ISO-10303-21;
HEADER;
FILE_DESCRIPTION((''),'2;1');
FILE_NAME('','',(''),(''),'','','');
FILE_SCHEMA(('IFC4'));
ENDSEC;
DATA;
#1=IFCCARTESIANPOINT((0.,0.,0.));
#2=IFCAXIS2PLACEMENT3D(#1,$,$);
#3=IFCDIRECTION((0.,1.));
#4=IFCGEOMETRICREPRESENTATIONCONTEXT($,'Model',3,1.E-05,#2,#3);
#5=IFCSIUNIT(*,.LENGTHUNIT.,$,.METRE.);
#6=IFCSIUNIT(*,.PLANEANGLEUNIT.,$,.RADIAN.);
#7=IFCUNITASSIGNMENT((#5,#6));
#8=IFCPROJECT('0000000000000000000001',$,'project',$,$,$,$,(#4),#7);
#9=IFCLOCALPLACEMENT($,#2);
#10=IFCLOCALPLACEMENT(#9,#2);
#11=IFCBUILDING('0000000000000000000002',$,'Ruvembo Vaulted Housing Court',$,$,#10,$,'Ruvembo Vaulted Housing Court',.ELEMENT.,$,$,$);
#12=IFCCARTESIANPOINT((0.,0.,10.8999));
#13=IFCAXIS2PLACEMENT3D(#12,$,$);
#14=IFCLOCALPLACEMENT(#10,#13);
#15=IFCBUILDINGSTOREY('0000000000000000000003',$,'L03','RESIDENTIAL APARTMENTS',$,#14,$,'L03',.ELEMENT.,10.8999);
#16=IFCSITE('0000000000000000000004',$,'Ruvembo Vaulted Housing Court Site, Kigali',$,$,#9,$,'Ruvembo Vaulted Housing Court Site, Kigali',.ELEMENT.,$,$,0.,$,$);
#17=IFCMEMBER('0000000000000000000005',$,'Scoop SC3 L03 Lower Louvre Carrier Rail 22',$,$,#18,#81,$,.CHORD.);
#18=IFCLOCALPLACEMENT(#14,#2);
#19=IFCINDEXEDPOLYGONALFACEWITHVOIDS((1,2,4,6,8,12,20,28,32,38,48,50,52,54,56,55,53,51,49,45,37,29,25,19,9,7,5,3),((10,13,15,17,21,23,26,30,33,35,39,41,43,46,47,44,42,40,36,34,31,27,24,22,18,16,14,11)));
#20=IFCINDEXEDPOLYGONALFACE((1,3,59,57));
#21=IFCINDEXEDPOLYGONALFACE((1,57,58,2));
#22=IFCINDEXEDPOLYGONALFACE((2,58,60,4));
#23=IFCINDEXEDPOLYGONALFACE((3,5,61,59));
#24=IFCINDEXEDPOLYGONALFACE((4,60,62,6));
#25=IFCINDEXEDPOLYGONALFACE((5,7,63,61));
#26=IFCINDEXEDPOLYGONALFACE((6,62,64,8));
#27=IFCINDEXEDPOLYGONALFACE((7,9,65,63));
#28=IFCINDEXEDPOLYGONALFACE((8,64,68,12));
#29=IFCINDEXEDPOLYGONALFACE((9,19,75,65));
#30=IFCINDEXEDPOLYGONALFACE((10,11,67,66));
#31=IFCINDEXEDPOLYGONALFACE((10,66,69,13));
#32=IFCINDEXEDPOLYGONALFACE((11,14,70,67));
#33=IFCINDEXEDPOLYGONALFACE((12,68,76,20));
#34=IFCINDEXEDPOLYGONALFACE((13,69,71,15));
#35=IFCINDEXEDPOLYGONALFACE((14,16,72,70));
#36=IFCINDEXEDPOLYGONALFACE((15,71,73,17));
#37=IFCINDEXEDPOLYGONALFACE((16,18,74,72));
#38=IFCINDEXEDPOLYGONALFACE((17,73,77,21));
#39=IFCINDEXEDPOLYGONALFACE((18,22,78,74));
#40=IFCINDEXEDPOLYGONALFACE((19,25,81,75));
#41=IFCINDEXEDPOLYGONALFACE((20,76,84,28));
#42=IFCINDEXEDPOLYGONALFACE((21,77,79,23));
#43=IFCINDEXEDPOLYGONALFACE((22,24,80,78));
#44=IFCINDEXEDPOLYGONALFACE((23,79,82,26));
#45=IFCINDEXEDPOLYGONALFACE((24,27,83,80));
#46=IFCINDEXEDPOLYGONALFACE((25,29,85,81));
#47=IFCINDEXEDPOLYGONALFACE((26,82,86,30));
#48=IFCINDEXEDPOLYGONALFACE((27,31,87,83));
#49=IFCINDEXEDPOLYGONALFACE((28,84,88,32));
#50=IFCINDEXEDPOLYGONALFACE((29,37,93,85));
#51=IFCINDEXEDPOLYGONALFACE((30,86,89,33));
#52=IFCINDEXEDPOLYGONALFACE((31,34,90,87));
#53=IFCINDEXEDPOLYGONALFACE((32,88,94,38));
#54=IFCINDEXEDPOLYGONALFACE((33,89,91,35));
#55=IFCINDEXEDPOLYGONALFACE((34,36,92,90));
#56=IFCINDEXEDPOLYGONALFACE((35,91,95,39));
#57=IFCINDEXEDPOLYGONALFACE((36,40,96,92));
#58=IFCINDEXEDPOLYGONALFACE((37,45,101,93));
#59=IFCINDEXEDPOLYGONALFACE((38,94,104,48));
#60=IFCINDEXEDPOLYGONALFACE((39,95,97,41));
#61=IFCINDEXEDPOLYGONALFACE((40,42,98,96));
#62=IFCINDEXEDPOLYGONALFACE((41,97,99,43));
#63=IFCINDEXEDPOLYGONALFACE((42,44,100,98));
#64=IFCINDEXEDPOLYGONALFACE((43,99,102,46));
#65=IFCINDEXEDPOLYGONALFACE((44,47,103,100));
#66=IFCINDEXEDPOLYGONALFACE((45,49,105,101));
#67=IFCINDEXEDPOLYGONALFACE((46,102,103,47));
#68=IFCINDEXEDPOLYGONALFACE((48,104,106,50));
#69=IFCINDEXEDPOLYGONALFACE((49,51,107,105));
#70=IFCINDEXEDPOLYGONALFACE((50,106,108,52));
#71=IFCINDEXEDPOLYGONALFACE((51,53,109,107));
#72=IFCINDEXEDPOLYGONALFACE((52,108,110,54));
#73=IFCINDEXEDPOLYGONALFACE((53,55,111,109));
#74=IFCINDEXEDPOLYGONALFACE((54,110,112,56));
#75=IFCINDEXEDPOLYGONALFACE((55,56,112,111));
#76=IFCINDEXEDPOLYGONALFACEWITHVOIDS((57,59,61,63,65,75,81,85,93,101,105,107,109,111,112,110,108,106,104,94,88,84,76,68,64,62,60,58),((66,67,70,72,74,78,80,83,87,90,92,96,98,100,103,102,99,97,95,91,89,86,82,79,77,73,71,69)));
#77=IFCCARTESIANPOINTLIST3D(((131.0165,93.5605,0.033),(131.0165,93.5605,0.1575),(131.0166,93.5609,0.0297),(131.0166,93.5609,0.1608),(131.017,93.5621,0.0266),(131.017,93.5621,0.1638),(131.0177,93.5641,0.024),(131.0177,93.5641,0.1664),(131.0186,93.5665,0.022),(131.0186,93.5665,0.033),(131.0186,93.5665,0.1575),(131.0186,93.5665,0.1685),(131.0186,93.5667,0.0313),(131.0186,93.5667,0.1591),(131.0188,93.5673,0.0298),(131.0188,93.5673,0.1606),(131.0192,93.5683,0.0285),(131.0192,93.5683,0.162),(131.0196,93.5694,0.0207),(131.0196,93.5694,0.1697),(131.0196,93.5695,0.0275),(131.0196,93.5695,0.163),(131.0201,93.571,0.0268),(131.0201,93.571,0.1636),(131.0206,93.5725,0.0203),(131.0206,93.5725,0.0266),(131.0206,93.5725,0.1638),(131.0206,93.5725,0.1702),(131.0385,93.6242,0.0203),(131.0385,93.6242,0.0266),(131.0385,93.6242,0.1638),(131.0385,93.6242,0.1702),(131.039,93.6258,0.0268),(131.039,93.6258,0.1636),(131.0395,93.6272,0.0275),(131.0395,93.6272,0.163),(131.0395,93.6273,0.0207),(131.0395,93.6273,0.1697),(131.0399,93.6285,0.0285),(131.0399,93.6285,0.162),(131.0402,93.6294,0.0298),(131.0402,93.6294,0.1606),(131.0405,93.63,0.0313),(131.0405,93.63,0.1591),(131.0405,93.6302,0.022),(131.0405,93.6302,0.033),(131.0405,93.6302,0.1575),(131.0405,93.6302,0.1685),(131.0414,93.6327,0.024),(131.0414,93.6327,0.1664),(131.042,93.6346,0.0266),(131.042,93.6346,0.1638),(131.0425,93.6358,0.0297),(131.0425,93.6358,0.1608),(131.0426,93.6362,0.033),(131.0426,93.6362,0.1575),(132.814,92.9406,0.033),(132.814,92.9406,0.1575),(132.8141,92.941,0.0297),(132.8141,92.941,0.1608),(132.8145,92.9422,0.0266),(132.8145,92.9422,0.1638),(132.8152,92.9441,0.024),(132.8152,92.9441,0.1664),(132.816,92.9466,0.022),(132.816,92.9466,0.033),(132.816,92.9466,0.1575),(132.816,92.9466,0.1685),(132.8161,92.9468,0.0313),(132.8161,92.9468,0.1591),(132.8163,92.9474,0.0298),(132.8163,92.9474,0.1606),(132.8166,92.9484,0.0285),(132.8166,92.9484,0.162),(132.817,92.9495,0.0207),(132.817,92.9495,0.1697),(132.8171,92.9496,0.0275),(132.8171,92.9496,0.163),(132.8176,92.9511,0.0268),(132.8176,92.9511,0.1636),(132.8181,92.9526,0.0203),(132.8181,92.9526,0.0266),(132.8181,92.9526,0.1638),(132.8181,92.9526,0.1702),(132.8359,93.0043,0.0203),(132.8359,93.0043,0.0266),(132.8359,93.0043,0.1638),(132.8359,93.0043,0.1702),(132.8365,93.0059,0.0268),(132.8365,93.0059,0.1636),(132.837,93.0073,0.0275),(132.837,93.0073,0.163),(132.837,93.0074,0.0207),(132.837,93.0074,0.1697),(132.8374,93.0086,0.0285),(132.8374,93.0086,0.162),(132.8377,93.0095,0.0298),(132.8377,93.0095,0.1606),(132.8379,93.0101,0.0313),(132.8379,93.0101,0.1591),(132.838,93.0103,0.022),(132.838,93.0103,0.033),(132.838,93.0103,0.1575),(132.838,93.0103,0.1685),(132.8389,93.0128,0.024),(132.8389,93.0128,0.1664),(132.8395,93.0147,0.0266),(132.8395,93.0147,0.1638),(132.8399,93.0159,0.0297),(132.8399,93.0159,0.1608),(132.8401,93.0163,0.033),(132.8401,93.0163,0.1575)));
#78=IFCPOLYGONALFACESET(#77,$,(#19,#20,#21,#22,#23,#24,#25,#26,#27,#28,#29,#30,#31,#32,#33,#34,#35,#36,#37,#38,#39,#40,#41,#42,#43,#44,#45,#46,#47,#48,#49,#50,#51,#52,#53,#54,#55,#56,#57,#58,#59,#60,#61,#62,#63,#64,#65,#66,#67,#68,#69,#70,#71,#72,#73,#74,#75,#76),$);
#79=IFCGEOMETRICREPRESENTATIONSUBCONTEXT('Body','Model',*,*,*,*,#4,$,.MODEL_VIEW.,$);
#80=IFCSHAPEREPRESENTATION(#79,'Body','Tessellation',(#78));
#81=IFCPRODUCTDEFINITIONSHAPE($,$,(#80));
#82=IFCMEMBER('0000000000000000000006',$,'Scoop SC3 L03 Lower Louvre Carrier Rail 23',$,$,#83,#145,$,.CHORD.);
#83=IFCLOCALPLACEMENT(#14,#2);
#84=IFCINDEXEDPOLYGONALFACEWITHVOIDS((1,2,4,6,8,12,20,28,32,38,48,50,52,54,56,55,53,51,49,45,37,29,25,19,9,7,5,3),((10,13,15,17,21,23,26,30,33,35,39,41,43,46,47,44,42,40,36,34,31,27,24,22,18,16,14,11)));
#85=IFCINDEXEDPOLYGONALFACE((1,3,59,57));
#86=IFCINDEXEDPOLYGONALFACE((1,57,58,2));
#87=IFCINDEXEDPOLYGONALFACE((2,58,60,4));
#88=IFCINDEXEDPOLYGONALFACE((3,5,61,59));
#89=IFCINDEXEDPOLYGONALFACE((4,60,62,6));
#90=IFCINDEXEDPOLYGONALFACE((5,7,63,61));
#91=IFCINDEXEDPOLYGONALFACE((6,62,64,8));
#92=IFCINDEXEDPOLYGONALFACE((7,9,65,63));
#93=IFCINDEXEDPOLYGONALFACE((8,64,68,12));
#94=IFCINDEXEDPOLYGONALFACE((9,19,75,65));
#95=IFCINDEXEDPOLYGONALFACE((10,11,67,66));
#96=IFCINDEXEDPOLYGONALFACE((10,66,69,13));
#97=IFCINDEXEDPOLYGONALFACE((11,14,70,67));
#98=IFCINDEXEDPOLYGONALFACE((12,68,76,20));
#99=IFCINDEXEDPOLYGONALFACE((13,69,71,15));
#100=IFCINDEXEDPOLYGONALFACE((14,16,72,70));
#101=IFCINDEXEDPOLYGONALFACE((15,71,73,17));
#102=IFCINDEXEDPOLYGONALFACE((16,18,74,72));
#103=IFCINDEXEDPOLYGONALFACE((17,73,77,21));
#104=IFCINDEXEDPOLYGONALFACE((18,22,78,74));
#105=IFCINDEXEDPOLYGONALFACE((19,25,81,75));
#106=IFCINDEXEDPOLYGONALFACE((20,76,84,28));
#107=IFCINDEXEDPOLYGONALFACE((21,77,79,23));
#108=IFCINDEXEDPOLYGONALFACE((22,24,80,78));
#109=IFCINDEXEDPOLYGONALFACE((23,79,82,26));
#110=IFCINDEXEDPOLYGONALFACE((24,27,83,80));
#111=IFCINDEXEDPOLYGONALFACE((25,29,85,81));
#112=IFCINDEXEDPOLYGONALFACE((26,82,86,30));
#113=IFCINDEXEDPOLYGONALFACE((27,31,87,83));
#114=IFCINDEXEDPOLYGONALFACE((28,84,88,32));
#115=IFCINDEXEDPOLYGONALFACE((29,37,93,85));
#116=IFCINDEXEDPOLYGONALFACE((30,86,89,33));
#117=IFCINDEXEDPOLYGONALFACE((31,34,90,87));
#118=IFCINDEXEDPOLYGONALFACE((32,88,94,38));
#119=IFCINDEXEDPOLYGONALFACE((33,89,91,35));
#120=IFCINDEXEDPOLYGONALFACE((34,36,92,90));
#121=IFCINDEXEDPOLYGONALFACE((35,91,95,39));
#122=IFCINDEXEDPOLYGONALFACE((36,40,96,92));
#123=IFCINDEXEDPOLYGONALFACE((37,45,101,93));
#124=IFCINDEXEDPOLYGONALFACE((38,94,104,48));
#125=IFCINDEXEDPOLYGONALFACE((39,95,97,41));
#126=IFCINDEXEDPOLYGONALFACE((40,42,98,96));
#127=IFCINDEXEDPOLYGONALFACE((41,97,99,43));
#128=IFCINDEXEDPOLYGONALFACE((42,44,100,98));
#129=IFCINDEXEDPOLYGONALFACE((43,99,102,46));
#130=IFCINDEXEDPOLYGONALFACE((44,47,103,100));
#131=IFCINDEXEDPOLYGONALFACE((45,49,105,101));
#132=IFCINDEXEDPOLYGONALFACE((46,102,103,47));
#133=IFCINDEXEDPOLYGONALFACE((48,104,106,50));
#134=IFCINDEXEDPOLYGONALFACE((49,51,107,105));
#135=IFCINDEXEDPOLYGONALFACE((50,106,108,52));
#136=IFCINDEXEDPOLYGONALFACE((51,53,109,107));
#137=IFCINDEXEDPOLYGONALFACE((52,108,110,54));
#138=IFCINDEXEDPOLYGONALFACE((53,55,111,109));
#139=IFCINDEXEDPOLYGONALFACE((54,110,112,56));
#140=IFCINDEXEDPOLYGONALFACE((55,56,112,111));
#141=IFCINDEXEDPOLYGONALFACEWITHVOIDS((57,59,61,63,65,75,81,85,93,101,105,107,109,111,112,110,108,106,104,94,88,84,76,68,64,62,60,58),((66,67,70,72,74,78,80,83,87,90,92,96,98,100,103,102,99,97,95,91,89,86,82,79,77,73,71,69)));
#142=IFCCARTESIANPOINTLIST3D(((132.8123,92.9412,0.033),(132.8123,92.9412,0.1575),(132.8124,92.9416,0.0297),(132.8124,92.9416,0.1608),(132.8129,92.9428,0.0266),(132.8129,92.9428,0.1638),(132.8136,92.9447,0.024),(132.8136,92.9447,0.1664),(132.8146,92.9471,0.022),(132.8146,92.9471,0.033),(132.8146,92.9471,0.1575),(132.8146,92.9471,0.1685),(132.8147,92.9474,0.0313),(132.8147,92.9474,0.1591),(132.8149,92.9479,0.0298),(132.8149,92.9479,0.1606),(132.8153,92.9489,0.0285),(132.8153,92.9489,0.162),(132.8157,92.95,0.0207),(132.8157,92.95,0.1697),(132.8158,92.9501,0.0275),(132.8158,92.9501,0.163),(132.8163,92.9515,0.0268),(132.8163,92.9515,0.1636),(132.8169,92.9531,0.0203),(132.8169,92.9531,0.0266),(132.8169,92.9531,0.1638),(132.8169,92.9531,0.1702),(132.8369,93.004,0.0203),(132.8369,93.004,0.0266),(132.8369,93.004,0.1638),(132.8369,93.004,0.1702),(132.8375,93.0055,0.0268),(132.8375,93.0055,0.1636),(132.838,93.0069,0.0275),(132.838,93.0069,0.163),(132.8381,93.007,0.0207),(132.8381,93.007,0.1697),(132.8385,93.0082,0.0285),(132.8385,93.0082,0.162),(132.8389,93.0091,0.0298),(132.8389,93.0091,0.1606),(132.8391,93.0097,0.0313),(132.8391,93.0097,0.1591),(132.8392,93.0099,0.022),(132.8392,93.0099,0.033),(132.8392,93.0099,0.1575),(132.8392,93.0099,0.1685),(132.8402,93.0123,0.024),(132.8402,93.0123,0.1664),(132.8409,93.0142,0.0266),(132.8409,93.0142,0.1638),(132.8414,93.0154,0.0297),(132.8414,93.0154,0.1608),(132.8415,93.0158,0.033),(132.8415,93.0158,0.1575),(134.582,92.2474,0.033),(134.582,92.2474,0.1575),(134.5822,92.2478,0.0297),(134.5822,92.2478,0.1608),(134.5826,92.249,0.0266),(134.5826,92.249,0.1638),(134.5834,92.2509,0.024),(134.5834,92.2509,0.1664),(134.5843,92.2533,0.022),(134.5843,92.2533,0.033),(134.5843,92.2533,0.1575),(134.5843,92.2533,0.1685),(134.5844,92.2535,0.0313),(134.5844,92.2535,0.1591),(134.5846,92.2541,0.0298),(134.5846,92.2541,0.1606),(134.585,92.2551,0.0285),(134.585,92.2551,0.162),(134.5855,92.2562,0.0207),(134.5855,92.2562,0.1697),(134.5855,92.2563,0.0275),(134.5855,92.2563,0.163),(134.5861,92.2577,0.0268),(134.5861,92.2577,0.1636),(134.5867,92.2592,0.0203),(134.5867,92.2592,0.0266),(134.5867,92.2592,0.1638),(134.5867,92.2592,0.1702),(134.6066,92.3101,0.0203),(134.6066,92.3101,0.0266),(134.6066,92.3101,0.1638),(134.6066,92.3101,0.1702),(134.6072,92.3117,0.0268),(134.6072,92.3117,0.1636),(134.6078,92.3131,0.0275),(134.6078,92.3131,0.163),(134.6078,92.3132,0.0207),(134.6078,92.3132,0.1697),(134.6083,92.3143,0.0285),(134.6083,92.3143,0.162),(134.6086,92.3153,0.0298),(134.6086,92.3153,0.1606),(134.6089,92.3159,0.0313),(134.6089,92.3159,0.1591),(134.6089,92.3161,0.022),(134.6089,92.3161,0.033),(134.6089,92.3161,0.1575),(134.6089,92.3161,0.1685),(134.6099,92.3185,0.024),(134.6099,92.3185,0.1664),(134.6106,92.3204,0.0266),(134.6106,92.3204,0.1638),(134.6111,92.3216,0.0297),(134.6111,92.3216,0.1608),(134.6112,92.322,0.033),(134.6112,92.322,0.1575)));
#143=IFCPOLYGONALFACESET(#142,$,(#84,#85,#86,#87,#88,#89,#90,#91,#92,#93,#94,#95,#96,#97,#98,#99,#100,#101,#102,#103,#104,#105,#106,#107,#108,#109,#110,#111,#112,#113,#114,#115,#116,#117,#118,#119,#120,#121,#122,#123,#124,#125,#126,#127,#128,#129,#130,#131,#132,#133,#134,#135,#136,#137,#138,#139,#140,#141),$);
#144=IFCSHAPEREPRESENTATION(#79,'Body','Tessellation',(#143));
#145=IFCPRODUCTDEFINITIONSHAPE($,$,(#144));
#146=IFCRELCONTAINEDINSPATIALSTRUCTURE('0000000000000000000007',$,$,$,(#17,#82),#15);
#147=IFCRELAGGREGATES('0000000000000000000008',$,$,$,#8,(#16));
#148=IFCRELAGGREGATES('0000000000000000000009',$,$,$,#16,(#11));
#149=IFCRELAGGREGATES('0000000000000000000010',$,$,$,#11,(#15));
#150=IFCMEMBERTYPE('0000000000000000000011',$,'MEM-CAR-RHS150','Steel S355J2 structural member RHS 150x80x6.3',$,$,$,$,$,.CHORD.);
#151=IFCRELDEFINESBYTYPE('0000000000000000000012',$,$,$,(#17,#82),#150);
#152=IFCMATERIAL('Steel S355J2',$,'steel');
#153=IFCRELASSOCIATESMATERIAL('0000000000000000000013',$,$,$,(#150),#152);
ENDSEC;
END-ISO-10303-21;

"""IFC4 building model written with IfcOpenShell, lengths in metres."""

from ifc_helpers import new_model, si_unit, direction, frame, origin, origin_2d, place, context, subcontext, project, spatial, hollow_rectangle, extrude, material, material_profile, profile_set, type_object, element, save


model = new_model("IFC4")

# Units and contexts
model_context = context("Model", 3, precision=1e-05, world=origin(), true_north=direction((0.0, 1.0)))
body_context = subcontext(model_context, "Body", "Model", "MODEL_VIEW")
ifc_project = project(units=[si_unit("LENGTHUNIT", "METRE"), si_unit("PLANEANGLEUNIT", "RADIAN")], contexts=[model_context])

# Site, building, storey
site_placement = place(None, origin())
site = spatial("IfcSite", under=ifc_project, at=site_placement, Name="Ruvembo Vaulted Housing Court Site, Kigali", LongName="Ruvembo Vaulted Housing Court Site, Kigali", CompositionType="ELEMENT", RefElevation=0.0)
building_placement = place(site_placement, origin())
building = spatial("IfcBuilding", under=site, at=building_placement, Name="Ruvembo Vaulted Housing Court", LongName="Ruvembo Vaulted Housing Court", CompositionType="ELEMENT")
storey_placement = place(building_placement, frame((0.0, 0.0, 10.8999)))
storey = spatial("IfcBuildingStorey", under=building, at=storey_placement, Name="L03", Description="RESIDENTIAL APARTMENTS", LongName="L03", CompositionType="ELEMENT", Elevation=10.8999)

# Shared definitions
ifc_material_1 = material(Name="Steel S355J2", Category="steel")

# Members
ifc_material_profile_1 = material_profile(ifc_material_1, hollow_rectangle(XDim=0.0801, YDim=0.1499, WallThickness=0.0063, InnerFilletRadius=0.0063, OuterFilletRadius=0.0127, at=origin_2d()), Name="RHS 150x80x6.3")
ifc_profile_set_1 = profile_set([ifc_material_profile_1], Name="Steel S355J2")
member_type_1 = type_object("IfcMemberType", Name="MEM-CAR-RHS150", Description="Steel S355J2 structural member RHS 150x80x6.3", PredefinedType="CHORD", material=ifc_profile_set_1)
member_placement = place(storey_placement, frame((131.0295, 93.5984, 0.0952), z_axis=(0.945358, -0.326034, 0.0), x_axis=(0.326034, 0.945358, 0.0)))
element("IfcMember", 1, at=member_placement, inside=storey, type_object=member_type_1, Name="Scoop SC3 L03 Lower Louvre Carrier Rail 22", PredefinedType="CHORD", context=body_context, shape_type="SweptSolid", body=[
    extrude(hollow_rectangle(XDim=0.0801, YDim=0.1499, WallThickness=0.0063, InnerFilletRadius=0.0063, OuterFilletRadius=0.0127, at=origin_2d()), origin(), (0.0, 0.0, 1.0), 1.9014),
])
for number, where, z_axis, x_axis, name in (
    (2, (132.8269, 92.9785, 0.0952), (0.931006, -0.365005, 0.0), (0.365005, 0.931006, 0.0), "Scoop SC3 L03 Lower Louvre Carrier Rail 23"),
):
    element("IfcMember", number, at=place(storey_placement, frame(where, z_axis=z_axis, x_axis=x_axis)), inside=storey, type_object=member_type_1, Name=name, PredefinedType="CHORD", context=body_context, shape_type="SweptSolid", body=[
        extrude(hollow_rectangle(XDim=0.0801, YDim=0.1499, WallThickness=0.0063, InnerFilletRadius=0.0063, OuterFilletRadius=0.0127, at=origin_2d()), origin(), (0.0, 0.0, 1.0), 1.9009),
    ])

save(model, "model.ifc")
